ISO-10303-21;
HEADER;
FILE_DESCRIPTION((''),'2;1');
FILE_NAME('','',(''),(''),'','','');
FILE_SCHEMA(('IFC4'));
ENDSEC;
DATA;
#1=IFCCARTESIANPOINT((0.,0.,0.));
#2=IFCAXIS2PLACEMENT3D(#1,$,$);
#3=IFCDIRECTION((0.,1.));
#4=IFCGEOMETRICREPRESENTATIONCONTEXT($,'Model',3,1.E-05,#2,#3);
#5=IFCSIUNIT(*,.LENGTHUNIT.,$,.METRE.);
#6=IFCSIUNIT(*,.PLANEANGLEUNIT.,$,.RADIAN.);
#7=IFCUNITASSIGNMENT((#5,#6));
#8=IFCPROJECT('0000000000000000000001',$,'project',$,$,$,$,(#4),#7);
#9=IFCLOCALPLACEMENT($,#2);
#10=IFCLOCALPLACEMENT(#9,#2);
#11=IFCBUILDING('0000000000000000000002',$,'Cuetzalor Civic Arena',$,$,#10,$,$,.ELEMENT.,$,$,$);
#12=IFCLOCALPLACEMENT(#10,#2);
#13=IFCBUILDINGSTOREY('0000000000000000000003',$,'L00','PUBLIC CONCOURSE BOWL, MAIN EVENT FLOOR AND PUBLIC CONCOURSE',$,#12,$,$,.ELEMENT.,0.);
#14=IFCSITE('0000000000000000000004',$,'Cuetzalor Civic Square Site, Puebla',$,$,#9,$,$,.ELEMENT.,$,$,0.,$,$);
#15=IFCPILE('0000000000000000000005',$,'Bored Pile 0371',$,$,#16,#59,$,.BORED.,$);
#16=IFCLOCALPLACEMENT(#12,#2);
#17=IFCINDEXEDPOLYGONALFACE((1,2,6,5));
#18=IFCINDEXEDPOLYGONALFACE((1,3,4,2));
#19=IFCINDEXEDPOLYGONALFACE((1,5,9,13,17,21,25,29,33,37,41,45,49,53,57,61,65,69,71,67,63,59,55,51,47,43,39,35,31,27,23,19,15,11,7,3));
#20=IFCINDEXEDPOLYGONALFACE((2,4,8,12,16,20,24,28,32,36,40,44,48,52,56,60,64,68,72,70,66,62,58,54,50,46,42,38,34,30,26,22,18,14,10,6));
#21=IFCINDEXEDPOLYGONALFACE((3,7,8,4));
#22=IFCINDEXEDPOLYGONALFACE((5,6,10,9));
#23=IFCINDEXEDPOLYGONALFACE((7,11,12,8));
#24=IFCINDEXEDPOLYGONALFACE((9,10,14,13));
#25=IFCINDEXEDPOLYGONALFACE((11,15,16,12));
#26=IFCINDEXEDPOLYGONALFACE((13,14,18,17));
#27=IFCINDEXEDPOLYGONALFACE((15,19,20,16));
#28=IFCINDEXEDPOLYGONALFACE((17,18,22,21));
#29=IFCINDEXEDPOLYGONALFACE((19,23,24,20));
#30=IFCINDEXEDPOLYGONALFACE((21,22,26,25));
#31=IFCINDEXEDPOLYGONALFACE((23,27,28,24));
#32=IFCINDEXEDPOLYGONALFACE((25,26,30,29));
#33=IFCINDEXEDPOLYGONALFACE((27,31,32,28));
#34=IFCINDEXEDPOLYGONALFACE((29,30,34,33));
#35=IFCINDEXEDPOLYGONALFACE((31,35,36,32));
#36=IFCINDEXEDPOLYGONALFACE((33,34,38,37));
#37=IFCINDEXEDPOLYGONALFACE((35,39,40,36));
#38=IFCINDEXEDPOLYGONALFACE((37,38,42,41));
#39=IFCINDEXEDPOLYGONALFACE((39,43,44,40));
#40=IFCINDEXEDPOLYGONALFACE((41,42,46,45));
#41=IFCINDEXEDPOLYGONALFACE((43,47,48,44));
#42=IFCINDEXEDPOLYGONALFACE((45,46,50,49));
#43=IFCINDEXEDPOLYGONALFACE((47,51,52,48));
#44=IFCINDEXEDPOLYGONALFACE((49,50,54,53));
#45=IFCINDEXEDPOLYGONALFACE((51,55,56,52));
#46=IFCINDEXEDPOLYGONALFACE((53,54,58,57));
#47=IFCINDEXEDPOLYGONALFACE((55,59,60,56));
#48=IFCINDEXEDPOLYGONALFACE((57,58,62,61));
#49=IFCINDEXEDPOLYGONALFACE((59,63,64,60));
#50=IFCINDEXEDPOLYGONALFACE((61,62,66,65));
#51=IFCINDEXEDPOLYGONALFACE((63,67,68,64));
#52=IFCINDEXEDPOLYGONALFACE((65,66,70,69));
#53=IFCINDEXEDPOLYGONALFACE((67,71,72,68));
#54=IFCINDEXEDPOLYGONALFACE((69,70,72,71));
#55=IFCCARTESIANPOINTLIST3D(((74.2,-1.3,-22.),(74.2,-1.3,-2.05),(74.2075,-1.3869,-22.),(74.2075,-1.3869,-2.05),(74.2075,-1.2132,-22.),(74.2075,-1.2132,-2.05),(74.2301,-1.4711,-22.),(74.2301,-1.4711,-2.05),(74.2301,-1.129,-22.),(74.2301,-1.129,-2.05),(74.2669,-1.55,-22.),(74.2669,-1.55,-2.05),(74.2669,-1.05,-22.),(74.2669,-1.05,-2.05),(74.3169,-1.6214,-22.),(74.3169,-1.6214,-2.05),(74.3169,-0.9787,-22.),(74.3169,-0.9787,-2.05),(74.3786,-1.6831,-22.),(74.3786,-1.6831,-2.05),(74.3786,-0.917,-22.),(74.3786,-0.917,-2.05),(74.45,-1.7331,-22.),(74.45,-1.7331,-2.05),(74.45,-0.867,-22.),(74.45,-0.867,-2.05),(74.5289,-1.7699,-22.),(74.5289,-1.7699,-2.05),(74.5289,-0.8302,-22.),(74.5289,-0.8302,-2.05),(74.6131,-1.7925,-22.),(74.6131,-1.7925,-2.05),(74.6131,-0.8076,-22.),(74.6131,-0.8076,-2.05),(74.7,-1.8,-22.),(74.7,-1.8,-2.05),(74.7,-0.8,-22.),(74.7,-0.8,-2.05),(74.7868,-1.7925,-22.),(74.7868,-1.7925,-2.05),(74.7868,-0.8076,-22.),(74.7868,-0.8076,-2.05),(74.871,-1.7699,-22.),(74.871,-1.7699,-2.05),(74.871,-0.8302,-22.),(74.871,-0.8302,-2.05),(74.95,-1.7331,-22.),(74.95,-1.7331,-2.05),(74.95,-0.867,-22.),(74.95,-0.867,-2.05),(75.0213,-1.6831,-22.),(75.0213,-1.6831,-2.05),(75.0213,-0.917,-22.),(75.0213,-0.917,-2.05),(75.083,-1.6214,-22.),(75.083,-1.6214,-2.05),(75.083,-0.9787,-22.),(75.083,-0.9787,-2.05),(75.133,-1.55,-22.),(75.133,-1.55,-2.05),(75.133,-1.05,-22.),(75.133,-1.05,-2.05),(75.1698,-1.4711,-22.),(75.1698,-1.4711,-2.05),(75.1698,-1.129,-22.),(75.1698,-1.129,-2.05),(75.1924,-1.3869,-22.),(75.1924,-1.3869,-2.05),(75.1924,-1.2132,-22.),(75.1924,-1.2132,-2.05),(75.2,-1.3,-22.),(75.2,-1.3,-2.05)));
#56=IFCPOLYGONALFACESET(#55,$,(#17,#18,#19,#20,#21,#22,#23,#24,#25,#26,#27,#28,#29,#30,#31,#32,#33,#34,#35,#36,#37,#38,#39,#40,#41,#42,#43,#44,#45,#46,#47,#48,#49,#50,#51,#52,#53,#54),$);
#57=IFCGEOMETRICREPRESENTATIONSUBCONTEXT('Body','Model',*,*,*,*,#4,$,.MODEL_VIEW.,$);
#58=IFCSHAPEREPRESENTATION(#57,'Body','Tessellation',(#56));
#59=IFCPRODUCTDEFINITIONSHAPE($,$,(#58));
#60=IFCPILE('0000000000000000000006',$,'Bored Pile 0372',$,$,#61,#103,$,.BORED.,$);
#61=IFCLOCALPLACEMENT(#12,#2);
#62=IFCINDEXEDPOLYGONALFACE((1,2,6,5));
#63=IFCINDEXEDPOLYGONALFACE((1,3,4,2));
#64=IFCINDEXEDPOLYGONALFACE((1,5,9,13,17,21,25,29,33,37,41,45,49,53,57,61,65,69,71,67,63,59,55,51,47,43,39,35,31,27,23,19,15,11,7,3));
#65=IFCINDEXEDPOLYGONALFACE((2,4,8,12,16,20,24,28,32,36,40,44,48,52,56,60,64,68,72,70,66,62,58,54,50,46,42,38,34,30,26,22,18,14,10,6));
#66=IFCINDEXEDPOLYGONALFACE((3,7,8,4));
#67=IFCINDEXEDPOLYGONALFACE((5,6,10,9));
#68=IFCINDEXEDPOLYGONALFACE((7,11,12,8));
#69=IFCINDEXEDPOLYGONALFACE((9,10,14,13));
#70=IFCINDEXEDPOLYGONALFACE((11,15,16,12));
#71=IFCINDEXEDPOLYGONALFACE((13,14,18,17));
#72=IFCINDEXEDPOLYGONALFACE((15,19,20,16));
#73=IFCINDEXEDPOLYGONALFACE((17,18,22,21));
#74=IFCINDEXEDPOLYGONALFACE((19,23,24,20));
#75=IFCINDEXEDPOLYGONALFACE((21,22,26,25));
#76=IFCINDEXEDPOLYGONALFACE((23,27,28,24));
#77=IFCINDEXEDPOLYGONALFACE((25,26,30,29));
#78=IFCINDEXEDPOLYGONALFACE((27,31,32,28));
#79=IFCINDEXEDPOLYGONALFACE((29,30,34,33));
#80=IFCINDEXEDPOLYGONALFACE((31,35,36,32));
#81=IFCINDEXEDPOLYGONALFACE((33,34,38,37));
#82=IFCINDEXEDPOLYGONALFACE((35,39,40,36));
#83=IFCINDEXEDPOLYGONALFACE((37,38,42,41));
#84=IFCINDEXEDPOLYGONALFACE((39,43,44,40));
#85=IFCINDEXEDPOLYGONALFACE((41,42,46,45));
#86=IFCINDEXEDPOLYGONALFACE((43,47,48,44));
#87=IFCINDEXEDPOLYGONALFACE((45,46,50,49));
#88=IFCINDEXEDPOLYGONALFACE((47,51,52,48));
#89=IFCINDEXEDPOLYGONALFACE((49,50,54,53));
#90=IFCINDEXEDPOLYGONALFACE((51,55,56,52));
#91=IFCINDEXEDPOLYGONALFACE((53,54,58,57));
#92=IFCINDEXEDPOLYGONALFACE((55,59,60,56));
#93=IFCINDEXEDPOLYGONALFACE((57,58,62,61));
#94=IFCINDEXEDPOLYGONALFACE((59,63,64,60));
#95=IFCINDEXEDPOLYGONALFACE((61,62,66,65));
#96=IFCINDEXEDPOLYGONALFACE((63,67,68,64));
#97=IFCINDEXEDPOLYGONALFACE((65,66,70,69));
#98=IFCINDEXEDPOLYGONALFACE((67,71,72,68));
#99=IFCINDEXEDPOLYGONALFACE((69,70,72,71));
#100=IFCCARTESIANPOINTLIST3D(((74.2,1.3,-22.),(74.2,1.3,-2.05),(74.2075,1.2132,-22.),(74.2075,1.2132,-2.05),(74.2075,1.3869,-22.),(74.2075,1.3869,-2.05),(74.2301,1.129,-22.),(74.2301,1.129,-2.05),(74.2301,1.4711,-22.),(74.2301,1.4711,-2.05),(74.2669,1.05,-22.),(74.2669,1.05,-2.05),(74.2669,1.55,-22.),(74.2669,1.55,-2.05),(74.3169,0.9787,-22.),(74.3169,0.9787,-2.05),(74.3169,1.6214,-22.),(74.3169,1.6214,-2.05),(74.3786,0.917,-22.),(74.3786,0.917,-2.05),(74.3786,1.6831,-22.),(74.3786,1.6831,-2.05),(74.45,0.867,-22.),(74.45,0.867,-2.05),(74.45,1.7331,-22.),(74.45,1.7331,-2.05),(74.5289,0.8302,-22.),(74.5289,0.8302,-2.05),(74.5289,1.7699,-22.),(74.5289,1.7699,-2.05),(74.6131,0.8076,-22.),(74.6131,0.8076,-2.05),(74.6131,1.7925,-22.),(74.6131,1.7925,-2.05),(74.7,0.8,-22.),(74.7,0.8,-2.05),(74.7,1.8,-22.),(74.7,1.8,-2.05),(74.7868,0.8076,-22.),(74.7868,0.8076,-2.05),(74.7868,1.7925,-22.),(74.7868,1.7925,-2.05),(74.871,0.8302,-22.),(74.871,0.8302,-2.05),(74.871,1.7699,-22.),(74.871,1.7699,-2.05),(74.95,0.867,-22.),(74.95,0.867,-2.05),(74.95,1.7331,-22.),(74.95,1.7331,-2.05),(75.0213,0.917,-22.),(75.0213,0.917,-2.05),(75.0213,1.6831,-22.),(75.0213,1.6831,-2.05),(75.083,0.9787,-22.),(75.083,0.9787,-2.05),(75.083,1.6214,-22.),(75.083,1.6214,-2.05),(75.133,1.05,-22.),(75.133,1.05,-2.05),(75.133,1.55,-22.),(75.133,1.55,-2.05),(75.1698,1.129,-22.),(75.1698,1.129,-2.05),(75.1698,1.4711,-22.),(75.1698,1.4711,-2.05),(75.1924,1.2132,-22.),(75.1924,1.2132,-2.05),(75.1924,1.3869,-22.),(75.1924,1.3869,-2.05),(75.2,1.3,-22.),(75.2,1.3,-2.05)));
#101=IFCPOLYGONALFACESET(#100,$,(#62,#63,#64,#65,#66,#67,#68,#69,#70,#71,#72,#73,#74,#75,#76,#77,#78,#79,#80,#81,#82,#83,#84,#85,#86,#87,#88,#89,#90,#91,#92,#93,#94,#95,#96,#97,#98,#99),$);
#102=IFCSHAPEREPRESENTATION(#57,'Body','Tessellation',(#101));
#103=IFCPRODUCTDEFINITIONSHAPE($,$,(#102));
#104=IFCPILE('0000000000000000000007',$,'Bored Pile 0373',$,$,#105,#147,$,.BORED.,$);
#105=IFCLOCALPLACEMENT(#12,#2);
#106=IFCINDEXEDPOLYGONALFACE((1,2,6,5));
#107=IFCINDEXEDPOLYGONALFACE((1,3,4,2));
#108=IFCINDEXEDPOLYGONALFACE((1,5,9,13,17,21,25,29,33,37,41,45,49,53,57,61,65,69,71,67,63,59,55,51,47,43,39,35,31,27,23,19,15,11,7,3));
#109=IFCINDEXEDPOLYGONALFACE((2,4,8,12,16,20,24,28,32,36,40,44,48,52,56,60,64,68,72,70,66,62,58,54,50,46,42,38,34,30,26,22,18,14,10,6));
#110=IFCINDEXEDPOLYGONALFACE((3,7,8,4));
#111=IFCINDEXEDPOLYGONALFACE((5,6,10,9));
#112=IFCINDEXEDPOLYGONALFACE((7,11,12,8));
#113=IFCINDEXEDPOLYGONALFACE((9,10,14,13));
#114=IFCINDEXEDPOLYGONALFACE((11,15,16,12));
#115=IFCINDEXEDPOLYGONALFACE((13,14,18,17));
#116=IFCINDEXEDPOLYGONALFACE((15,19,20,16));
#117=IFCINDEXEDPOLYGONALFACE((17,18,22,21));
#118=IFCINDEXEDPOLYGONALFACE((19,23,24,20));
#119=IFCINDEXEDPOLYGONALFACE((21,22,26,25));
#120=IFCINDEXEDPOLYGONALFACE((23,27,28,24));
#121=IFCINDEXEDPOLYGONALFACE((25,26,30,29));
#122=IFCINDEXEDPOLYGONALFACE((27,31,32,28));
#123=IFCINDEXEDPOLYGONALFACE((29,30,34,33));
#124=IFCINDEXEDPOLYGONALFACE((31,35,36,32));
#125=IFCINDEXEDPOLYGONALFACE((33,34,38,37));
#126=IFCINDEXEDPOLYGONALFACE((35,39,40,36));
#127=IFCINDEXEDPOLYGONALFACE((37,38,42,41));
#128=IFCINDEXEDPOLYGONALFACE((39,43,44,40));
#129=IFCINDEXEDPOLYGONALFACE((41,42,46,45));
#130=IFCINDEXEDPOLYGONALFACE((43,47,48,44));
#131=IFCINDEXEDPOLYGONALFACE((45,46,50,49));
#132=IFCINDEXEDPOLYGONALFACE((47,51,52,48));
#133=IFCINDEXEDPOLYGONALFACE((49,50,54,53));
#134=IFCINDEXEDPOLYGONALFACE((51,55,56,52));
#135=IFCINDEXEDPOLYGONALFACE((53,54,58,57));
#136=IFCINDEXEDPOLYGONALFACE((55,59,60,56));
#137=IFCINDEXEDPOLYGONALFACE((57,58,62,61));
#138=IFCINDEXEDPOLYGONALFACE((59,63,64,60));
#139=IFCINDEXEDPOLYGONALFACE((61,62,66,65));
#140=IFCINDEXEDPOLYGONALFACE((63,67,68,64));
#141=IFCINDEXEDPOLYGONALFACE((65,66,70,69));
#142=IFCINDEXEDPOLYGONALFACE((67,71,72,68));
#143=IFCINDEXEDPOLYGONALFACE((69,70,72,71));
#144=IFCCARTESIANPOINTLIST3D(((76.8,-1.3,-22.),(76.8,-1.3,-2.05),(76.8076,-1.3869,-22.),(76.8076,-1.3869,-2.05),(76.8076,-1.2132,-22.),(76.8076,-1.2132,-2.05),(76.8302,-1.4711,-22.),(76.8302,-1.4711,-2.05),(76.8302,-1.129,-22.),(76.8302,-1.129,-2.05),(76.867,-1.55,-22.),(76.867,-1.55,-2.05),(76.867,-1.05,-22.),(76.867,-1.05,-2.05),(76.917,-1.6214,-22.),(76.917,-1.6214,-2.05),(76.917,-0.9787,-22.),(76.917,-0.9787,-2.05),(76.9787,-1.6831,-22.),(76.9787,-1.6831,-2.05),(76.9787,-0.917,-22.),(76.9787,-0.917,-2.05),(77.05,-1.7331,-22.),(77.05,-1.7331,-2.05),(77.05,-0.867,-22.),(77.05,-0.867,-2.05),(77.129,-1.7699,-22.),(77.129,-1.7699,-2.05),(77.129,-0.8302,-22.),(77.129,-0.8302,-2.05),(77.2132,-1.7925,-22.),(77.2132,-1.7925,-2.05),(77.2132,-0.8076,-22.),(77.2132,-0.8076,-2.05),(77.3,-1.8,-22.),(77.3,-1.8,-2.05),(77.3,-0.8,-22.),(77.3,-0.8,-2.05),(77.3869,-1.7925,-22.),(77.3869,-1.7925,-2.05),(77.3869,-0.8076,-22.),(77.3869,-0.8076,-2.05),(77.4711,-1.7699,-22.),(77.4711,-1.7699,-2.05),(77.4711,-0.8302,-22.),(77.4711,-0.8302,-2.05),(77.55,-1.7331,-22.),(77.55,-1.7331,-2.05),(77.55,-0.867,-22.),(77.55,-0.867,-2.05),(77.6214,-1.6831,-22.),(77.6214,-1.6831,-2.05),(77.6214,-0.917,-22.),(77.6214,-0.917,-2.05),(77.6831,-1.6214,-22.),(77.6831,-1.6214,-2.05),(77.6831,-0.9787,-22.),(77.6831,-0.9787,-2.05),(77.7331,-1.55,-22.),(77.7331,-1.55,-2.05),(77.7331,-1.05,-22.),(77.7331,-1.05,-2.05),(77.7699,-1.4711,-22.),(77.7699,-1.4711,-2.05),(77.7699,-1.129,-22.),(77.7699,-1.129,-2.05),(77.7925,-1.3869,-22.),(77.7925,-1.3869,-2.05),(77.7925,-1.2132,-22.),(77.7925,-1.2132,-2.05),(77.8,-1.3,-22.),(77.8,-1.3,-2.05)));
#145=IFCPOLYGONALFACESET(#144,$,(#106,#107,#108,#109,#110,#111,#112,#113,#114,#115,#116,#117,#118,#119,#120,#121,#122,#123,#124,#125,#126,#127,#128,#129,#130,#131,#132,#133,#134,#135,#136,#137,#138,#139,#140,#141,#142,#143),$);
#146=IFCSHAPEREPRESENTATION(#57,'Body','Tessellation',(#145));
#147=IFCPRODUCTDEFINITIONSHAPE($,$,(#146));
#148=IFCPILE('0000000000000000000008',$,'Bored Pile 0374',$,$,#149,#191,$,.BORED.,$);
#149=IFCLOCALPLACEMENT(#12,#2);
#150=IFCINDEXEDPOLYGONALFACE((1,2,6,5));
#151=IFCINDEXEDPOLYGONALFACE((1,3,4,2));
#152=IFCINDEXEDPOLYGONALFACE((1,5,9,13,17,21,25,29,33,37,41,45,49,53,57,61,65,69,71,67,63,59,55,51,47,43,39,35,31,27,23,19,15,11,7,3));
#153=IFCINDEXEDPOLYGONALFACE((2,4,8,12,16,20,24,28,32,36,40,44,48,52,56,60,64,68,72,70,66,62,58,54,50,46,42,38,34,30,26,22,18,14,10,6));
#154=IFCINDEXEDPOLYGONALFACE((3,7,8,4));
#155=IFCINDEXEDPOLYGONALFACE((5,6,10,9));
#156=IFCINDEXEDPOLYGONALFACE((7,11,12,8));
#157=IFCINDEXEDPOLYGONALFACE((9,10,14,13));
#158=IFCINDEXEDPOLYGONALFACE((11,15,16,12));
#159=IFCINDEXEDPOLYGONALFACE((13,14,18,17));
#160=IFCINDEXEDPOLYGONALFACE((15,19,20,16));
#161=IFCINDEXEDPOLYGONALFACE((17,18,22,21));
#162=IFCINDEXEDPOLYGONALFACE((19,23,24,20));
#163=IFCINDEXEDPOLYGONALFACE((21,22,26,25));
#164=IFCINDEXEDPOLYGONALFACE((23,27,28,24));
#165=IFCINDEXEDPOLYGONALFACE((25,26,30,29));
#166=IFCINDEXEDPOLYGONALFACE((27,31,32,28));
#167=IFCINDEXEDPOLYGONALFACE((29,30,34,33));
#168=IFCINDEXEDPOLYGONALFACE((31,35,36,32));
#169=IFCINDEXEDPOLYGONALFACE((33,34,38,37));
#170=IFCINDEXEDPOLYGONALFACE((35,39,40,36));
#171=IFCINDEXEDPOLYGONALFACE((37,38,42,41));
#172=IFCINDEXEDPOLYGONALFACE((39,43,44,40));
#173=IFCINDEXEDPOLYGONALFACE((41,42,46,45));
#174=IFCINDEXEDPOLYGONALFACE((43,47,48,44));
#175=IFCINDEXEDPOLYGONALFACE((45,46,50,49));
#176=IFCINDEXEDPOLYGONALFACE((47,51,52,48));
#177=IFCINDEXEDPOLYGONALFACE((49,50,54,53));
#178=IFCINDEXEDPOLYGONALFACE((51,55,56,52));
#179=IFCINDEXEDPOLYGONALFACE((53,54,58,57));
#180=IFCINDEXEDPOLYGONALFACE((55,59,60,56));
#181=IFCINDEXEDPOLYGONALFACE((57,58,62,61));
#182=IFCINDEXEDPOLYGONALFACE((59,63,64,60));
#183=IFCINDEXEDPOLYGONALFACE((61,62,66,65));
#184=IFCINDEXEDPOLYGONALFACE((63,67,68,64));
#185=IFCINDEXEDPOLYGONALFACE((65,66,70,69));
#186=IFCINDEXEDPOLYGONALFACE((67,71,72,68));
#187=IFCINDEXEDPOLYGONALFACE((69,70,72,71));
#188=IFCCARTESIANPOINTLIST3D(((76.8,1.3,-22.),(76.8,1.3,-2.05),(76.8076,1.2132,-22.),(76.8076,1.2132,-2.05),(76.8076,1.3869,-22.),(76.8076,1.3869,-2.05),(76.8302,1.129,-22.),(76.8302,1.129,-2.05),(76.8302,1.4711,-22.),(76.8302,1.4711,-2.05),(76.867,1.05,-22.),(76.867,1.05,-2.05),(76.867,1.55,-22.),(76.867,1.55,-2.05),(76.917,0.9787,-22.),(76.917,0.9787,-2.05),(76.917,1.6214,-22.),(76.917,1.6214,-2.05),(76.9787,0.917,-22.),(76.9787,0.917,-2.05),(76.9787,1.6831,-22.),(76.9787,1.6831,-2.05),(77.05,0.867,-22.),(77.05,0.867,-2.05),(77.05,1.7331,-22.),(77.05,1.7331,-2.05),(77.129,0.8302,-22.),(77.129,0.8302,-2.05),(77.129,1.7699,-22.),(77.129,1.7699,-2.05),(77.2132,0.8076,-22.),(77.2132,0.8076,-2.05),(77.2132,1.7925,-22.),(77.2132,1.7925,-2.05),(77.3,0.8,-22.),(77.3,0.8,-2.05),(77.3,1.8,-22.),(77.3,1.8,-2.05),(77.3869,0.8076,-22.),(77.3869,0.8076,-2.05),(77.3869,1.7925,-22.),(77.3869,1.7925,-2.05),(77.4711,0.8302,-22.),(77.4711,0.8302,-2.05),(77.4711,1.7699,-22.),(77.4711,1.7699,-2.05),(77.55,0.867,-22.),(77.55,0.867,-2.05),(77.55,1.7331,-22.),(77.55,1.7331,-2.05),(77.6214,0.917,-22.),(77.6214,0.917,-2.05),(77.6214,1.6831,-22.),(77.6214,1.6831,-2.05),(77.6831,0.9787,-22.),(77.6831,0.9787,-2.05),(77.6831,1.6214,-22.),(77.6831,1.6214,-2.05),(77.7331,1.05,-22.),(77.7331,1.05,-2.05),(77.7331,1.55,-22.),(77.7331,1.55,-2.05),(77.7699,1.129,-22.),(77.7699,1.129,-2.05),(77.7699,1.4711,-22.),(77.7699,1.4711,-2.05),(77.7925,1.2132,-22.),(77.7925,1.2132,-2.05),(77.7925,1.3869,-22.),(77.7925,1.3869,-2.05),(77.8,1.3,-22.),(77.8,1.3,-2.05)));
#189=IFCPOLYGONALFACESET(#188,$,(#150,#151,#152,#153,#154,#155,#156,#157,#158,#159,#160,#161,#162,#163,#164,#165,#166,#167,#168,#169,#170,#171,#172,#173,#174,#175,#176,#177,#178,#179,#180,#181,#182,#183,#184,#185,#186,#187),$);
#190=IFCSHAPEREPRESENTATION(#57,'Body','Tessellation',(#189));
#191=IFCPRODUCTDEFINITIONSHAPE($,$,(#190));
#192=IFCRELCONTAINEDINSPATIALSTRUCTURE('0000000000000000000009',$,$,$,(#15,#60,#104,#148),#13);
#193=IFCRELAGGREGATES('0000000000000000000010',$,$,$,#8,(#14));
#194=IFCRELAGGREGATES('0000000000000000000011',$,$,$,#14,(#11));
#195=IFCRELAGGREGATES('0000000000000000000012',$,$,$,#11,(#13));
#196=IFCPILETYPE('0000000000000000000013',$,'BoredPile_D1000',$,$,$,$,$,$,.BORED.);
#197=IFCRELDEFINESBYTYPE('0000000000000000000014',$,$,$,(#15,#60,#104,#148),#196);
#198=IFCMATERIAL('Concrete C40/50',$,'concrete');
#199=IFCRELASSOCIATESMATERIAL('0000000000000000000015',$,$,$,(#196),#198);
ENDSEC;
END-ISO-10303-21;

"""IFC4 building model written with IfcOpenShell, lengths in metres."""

from ifc_helpers import new_model, si_unit, direction, frame, origin, origin_2d, place, context, subcontext, project, spatial, circle, extrude, material, material_profile, profile_set, type_object, element, save


model = new_model("IFC4")

# Units and contexts
model_context = context("Model", 3, precision=1e-05, world=origin(), true_north=direction((0.0, 1.0)))
body_context = subcontext(model_context, "Body", "Model", "MODEL_VIEW")
ifc_project = project(units=[si_unit("LENGTHUNIT", "METRE"), si_unit("PLANEANGLEUNIT", "RADIAN")], contexts=[model_context])

# Site, building, storey
site_placement = place(None, origin())
site = spatial("IfcSite", under=ifc_project, at=site_placement, Name="Cuetzalor Civic Square Site, Puebla", CompositionType="ELEMENT", RefElevation=0.0)
building_placement = place(site_placement, origin())
building = spatial("IfcBuilding", under=site, at=building_placement, Name="Cuetzalor Civic Arena", CompositionType="ELEMENT")
storey_placement = place(building_placement, origin())
storey = spatial("IfcBuildingStorey", under=building, at=storey_placement, Name="L00", Description="PUBLIC CONCOURSE BOWL, MAIN EVENT FLOOR AND PUBLIC CONCOURSE", CompositionType="ELEMENT", Elevation=0.0)

# Piles
ifc_material_1 = material(Name="Concrete C40/50", Category="concrete")
ifc_material_profile_1 = material_profile(ifc_material_1, circle(Radius=0.5, at=origin_2d()), Name="BORED PILE D1000")
ifc_profile_set_1 = profile_set([ifc_material_profile_1], Name="Concrete C40/50")
pile_type = type_object("IfcPileType", Name="BoredPile_D1000", PredefinedType="BORED", material=ifc_profile_set_1)
for number, where, z_axis, x_axis, name in (
    (1, (74.7, -1.3, -2.05), (0.0, 0.0, -1.0), (1.0, 0.0, 0.0), "Bored Pile 0371"),
    (2, (74.7, 1.3, -2.05), (0.0, 0.0, -1.0), (1.0, 0.0, 0.0), "Bored Pile 0372"),
    (3, (77.3, -1.3, -2.05), (0.0, 0.0, -1.0), (1.0, 0.0, 0.0), "Bored Pile 0373"),
    (4, (77.3, 1.3, -2.05), (0.0, 0.0, -1.0), (1.0, 0.0, 0.0), "Bored Pile 0374"),
):
    element("IfcPile", number, at=place(storey_placement, frame(where, z_axis=z_axis, x_axis=x_axis)), inside=storey, type_object=pile_type, Name=name, PredefinedType="BORED", context=body_context, shape_type="SweptSolid", body=[
        extrude(circle(Radius=0.5, at=origin_2d()), origin(), (0.0, 0.0, 1.0), 19.95),
    ])

save(model, "model.ifc")
